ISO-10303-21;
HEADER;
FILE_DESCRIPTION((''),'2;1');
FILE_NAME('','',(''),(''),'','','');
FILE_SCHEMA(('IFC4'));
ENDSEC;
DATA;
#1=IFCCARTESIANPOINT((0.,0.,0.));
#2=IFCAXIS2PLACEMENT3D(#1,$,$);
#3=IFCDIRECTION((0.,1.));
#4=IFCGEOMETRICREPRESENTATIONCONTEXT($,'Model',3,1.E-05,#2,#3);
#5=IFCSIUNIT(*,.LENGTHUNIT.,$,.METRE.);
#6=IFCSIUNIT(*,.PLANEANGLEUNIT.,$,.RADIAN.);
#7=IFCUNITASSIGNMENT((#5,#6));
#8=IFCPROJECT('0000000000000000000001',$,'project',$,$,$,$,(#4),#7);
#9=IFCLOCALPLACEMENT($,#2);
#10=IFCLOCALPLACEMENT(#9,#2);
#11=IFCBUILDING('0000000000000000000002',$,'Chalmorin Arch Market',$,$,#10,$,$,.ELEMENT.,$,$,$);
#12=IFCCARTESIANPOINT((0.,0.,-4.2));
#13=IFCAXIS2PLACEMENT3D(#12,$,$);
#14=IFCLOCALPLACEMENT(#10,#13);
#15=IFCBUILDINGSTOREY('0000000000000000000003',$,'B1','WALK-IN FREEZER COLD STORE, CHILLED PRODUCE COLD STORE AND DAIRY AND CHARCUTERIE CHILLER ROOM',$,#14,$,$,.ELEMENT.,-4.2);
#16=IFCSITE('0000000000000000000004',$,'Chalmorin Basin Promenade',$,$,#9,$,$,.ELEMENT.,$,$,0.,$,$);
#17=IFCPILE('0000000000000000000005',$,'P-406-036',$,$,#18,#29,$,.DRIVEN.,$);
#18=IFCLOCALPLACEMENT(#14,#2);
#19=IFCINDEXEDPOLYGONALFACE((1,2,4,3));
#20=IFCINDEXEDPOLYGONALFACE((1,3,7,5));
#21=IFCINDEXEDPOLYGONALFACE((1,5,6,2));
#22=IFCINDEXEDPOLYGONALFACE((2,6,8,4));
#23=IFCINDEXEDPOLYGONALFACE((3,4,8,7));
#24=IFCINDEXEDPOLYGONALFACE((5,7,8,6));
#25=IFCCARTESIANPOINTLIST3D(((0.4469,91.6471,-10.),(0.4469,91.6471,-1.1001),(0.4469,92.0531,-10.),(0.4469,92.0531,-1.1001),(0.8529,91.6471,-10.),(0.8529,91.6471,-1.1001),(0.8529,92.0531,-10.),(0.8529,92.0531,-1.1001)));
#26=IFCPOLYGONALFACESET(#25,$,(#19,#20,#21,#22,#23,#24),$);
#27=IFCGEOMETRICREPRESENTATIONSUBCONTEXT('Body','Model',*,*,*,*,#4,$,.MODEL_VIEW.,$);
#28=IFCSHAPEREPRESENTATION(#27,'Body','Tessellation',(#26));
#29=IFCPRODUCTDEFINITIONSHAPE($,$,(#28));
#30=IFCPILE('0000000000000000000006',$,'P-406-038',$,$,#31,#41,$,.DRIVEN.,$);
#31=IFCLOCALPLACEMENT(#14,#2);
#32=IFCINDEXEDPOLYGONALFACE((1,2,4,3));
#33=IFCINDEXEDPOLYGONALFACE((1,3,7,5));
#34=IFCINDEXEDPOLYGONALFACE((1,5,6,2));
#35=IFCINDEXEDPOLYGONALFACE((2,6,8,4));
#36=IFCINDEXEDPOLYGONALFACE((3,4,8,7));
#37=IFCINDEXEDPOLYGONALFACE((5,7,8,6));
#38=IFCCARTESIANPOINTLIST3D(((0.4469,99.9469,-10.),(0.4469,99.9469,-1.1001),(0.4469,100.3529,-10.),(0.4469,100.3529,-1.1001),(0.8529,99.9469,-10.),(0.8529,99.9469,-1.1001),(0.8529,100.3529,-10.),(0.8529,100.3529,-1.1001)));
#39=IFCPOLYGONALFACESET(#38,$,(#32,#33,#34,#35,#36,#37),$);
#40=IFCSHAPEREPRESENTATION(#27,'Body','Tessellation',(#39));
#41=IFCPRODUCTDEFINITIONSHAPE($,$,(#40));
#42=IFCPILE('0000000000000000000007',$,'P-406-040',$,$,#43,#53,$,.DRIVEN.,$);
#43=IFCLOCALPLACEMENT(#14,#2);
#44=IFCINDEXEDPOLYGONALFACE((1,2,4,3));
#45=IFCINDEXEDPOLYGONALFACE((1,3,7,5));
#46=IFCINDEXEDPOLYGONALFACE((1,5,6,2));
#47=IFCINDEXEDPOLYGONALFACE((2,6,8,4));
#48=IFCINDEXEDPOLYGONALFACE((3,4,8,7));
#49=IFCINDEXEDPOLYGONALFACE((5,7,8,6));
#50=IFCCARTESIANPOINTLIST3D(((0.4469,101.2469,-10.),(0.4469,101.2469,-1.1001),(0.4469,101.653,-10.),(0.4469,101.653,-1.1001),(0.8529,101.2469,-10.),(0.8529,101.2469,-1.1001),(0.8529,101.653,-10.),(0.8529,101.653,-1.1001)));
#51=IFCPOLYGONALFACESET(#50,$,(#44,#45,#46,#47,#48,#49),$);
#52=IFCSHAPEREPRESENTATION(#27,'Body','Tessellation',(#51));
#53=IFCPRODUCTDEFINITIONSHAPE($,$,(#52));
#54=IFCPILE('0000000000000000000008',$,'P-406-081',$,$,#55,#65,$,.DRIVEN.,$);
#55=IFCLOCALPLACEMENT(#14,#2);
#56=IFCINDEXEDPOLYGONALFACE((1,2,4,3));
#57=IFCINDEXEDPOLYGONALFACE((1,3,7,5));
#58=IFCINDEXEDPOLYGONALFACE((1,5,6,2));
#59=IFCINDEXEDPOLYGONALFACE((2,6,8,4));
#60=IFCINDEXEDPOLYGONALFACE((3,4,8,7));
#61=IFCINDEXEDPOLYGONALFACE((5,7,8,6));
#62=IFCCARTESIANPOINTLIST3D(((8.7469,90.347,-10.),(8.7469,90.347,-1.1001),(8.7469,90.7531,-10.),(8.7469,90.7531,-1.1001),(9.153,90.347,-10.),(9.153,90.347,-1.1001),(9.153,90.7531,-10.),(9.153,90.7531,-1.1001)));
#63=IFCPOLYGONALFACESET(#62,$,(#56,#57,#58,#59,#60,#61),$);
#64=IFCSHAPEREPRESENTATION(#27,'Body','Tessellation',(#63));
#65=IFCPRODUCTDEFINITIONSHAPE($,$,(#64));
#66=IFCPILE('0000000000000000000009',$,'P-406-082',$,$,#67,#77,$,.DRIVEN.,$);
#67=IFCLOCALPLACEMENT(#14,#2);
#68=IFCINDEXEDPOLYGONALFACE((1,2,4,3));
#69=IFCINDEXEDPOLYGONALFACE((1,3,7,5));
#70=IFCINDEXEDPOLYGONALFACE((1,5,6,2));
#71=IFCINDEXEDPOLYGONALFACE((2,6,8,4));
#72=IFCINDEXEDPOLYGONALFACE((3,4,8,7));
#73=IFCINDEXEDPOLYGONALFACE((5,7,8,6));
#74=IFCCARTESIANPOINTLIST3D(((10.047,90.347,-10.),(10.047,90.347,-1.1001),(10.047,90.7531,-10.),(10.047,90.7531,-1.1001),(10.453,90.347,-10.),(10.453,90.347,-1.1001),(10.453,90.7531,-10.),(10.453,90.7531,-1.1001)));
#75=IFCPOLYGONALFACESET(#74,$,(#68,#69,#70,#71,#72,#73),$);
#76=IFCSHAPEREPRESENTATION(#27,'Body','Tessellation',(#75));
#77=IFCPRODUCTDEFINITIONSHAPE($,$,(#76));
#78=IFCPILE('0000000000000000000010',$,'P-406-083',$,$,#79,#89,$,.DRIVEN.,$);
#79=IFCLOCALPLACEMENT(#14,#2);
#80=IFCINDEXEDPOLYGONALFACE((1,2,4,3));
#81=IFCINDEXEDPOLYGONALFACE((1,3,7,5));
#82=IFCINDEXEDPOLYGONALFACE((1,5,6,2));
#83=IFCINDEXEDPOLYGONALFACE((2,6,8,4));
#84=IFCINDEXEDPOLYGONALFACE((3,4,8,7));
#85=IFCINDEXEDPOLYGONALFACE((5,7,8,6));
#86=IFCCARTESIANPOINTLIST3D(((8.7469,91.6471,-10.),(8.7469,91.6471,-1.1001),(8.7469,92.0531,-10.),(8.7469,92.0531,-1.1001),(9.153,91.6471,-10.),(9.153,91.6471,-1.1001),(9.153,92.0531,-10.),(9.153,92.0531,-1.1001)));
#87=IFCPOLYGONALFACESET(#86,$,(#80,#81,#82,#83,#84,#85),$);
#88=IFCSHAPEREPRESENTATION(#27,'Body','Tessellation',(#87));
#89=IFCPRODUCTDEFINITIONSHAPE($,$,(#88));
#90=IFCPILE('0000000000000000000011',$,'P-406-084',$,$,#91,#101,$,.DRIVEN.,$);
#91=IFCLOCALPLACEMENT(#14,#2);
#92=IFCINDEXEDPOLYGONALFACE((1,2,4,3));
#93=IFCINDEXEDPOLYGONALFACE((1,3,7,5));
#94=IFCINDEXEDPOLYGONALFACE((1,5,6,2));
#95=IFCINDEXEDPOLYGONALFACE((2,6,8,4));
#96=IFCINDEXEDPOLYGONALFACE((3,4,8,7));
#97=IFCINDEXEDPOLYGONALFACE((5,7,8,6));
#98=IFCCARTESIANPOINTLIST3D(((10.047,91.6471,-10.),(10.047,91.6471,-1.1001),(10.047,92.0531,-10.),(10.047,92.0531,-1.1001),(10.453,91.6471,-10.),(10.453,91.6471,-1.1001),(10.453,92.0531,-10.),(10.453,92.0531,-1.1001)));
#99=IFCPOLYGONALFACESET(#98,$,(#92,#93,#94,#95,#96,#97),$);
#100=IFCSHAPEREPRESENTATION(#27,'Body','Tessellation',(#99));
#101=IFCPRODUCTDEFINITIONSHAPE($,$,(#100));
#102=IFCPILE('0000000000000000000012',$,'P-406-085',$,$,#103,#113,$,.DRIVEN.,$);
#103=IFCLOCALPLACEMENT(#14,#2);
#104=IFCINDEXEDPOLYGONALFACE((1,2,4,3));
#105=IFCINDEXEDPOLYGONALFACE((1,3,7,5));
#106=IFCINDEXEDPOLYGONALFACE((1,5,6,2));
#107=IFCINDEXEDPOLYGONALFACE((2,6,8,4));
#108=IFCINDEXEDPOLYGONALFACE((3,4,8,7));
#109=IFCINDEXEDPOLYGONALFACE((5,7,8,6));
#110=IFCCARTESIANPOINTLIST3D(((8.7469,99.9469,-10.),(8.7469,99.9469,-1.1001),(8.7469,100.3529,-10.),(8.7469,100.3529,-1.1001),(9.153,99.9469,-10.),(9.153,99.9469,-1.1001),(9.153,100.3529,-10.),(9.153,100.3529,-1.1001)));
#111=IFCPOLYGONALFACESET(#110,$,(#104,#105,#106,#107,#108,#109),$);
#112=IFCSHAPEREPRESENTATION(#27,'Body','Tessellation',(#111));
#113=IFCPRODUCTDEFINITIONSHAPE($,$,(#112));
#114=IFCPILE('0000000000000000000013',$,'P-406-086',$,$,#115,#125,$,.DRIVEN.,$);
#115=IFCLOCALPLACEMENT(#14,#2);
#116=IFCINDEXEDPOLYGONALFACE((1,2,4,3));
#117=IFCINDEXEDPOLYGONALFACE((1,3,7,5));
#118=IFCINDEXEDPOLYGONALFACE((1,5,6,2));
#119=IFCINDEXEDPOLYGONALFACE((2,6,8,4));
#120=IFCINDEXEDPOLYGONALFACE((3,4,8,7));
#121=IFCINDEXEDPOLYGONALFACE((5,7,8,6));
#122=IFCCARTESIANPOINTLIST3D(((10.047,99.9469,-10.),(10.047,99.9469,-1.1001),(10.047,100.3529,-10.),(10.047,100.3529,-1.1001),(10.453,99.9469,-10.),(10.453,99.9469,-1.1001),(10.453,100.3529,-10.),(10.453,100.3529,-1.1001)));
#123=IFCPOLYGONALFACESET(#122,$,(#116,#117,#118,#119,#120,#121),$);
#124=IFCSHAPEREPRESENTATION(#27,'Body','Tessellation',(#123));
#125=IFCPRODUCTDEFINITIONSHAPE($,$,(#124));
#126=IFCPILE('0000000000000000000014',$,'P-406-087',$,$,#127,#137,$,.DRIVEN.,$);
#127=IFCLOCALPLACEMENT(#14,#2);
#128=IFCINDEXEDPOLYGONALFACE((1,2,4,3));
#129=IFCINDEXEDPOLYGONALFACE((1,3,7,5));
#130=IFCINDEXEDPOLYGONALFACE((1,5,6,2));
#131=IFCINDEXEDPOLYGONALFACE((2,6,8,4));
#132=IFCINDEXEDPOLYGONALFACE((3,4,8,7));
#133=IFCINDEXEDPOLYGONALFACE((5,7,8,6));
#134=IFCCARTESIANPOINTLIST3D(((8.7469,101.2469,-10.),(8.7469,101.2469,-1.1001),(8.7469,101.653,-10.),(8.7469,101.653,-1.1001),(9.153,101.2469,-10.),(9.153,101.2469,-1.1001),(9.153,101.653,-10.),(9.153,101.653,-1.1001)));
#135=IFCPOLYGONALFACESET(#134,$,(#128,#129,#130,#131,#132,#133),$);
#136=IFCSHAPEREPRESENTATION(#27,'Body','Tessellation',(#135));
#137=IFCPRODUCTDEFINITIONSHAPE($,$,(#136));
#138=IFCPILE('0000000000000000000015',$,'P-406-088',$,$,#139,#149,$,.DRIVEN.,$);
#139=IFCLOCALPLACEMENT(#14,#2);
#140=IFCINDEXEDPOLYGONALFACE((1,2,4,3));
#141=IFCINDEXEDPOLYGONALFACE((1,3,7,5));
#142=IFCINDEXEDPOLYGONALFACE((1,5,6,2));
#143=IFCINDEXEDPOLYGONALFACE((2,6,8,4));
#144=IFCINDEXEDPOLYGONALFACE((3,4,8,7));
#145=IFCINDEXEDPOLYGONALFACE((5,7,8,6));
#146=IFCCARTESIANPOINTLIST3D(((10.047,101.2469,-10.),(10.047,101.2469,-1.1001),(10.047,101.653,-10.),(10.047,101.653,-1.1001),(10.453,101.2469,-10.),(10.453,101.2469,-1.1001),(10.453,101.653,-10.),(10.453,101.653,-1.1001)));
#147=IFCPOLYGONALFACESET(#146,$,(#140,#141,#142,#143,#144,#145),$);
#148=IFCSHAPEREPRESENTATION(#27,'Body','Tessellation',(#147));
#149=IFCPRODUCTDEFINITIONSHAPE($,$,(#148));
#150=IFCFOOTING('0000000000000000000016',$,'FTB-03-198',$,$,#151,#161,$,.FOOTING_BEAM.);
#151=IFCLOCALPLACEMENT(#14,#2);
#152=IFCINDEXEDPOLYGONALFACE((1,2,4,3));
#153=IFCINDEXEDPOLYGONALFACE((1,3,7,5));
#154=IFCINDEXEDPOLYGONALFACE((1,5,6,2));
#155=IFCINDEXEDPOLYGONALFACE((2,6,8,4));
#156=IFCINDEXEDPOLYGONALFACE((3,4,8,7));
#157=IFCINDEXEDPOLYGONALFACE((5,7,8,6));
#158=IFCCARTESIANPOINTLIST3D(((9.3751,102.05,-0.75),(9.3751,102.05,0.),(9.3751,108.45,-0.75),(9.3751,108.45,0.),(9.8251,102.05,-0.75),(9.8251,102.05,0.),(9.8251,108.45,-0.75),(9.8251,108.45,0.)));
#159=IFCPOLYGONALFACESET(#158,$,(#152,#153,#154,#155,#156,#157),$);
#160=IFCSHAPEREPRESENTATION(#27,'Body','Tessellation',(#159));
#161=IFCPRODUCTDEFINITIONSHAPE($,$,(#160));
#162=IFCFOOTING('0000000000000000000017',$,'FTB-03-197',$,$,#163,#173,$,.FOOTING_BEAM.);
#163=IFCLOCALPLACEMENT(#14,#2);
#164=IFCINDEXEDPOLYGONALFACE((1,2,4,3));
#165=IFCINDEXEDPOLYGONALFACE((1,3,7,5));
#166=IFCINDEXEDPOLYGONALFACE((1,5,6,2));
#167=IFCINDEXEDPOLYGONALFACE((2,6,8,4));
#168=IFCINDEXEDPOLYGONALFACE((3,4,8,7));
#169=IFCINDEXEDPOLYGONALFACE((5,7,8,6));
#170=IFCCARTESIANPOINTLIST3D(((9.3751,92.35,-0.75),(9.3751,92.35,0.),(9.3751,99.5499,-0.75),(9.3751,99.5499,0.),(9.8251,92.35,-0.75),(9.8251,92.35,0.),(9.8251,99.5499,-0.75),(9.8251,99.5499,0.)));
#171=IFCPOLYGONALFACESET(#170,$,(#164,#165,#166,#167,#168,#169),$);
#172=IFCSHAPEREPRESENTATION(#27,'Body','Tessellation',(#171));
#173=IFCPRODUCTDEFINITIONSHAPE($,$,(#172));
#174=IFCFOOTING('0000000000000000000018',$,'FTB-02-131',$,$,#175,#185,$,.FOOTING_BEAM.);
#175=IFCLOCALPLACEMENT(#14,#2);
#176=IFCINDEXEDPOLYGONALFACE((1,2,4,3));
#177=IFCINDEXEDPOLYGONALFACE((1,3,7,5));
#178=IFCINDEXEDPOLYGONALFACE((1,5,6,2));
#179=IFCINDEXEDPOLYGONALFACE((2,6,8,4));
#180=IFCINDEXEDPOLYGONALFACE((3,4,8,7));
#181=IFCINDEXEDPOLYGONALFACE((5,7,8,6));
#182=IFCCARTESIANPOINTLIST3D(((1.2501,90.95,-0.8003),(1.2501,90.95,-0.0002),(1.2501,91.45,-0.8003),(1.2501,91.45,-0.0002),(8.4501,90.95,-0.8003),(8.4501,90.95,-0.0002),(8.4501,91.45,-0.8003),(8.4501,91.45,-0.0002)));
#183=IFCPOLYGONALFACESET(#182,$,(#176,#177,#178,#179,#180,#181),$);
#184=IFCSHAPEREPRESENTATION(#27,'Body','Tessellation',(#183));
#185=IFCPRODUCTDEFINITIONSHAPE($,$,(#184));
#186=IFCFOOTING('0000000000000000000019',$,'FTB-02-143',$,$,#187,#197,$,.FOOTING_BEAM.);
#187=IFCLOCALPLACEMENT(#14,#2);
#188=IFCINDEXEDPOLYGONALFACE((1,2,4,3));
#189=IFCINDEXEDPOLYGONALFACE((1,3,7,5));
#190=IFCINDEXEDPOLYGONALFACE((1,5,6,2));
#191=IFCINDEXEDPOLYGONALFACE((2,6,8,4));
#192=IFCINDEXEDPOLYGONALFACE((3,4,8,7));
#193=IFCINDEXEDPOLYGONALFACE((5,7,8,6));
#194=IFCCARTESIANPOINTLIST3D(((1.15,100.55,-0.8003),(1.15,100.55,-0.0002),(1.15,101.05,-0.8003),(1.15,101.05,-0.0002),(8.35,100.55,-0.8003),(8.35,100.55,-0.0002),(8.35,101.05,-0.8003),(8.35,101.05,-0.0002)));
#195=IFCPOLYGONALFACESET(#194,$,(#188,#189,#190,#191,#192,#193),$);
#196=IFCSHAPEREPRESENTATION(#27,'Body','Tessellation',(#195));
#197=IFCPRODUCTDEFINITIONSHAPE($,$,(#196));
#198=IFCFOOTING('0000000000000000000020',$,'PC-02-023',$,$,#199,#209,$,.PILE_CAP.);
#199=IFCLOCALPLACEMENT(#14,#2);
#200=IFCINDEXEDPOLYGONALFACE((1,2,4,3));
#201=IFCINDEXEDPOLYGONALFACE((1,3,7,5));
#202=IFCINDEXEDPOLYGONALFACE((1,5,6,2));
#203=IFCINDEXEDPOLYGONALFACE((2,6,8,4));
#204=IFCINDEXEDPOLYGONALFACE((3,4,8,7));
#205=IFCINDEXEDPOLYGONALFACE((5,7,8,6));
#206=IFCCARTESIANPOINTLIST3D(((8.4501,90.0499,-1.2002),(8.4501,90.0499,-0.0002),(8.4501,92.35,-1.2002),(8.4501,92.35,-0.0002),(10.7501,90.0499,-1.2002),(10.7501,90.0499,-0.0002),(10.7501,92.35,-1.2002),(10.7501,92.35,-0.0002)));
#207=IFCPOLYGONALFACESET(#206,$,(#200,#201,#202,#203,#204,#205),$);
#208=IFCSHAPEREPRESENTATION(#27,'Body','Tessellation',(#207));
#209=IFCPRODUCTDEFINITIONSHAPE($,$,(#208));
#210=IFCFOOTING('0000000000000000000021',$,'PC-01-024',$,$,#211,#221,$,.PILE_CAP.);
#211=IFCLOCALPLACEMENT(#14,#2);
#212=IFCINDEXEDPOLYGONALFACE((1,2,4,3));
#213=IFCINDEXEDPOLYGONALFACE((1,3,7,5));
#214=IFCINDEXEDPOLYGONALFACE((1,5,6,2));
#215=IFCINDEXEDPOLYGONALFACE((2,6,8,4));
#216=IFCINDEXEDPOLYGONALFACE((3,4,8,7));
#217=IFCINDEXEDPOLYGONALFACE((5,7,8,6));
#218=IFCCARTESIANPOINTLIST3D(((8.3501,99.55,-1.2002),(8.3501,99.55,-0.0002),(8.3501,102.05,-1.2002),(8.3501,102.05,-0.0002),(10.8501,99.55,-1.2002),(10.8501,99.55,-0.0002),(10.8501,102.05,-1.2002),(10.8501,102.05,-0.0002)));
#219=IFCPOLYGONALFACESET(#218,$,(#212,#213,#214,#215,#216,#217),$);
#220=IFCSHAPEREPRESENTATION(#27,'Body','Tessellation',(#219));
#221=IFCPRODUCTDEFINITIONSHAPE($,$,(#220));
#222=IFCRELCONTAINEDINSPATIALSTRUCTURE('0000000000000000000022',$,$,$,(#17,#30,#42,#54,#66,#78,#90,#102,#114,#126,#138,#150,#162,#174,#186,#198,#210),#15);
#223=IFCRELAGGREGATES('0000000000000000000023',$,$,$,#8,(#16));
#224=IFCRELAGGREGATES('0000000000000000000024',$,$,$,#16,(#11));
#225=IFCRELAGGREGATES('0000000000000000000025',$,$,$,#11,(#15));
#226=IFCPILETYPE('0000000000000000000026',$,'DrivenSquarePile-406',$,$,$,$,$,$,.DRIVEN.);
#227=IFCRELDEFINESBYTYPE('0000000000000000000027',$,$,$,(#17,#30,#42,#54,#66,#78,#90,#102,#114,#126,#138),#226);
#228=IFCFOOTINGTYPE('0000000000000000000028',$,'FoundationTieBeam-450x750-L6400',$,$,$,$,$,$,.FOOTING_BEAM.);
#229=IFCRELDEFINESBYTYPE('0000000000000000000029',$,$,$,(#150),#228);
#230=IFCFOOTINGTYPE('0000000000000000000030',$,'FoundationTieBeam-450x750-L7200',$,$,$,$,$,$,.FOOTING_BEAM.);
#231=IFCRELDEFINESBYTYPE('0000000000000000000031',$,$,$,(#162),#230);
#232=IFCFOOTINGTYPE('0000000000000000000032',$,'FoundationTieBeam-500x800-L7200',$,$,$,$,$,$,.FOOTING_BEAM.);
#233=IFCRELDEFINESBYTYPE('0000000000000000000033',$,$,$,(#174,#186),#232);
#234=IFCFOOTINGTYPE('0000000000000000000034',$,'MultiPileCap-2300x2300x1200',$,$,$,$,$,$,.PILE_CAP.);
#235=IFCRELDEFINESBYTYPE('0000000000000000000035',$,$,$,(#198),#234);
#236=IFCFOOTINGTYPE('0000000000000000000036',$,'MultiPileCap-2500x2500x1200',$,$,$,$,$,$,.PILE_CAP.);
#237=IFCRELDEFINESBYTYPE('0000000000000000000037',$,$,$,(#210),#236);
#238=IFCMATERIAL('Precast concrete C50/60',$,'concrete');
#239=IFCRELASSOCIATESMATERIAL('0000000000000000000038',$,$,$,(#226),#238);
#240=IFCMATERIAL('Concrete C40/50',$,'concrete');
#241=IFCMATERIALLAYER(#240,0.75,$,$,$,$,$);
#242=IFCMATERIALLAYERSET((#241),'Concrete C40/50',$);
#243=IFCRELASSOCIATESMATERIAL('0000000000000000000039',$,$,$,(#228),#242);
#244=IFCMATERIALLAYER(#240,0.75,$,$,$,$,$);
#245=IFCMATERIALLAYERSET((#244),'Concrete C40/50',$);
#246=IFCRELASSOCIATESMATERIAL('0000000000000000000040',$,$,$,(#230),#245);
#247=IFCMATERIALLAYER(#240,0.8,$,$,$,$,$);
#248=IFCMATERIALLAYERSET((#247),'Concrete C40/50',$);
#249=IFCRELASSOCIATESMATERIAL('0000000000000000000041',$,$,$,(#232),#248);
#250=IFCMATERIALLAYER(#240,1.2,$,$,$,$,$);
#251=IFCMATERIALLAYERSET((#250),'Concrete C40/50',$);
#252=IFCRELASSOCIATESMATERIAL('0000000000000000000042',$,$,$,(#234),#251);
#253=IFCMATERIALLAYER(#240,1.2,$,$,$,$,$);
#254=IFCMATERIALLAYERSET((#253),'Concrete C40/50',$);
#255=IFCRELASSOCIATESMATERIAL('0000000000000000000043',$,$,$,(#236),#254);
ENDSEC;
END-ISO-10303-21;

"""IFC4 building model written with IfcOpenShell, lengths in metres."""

from ifc_helpers import new_model, si_unit, direction, frame, origin, origin_2d, place, context, subcontext, project, spatial, rectangle, extrude, material, layer, layer_set, material_profile, profile_set, type_object, element, save


model = new_model("IFC4")

# Units and contexts
model_context = context("Model", 3, precision=1e-05, world=origin(), true_north=direction((0.0, 1.0)))
body_context = subcontext(model_context, "Body", "Model", "MODEL_VIEW")
ifc_project = project(units=[si_unit("LENGTHUNIT", "METRE"), si_unit("PLANEANGLEUNIT", "RADIAN")], contexts=[model_context])

# Site, building, storey
site_placement = place(None, origin())
site = spatial("IfcSite", under=ifc_project, at=site_placement, Name="Chalmorin Basin Promenade", CompositionType="ELEMENT", RefElevation=0.0)
building_placement = place(site_placement, origin())
building = spatial("IfcBuilding", under=site, at=building_placement, Name="Chalmorin Arch Market", CompositionType="ELEMENT")
storey_placement = place(building_placement, frame((0.0, 0.0, -4.2)))
storey = spatial("IfcBuildingStorey", under=building, at=storey_placement, Name="B1", Description="WALK-IN FREEZER COLD STORE, CHILLED PRODUCE COLD STORE AND DAIRY AND CHARCUTERIE CHILLER ROOM", CompositionType="ELEMENT", Elevation=-4.2)

# Piles
ifc_material_1 = material(Name="Precast concrete C50/60", Category="concrete")
ifc_material_profile_1 = material_profile(ifc_material_1, rectangle(XDim=0.406, YDim=0.406, at=origin_2d()), Name="PPC406")
ifc_profile_set_1 = profile_set([ifc_material_profile_1], Name="Precast concrete C50/60")
pile_type = type_object("IfcPileType", Name="DrivenSquarePile-406", PredefinedType="DRIVEN", material=ifc_profile_set_1)
for number, where, z_axis, x_axis, name in (
    (1, (0.6499, 91.8501, -1.1001), (0.0, 0.0, -1.0), (1.0, 0.0, 0.0), "P-406-036"),
    (2, (0.6499, 100.1499, -1.1001), (0.0, 0.0, -1.0), (1.0, 0.0, 0.0), "P-406-038"),
    (3, (0.6499, 101.45, -1.1001), (0.0, 0.0, -1.0), (1.0, 0.0, 0.0), "P-406-040"),
    (4, (8.95, 90.55, -1.1001), (0.0, 0.0, -1.0), (1.0, 0.0, 0.0), "P-406-081"),
    (5, (10.25, 90.55, -1.1001), (0.0, 0.0, -1.0), (1.0, 0.0, 0.0), "P-406-082"),
    (6, (8.95, 91.8501, -1.1001), (0.0, 0.0, -1.0), (1.0, 0.0, 0.0), "P-406-083"),
    (7, (10.25, 91.8501, -1.1001), (0.0, 0.0, -1.0), (1.0, 0.0, 0.0), "P-406-084"),
    (8, (8.95, 100.1499, -1.1001), (0.0, 0.0, -1.0), (1.0, 0.0, 0.0), "P-406-085"),
    (9, (10.25, 100.1499, -1.1001), (0.0, 0.0, -1.0), (1.0, 0.0, 0.0), "P-406-086"),
    (10, (8.95, 101.45, -1.1001), (0.0, 0.0, -1.0), (1.0, 0.0, 0.0), "P-406-087"),
    (11, (10.25, 101.45, -1.1001), (0.0, 0.0, -1.0), (1.0, 0.0, 0.0), "P-406-088"),
):
    element("IfcPile", number, at=place(storey_placement, frame(where, z_axis=z_axis, x_axis=x_axis)), inside=storey, type_object=pile_type, Name=name, PredefinedType="DRIVEN", context=body_context, shape_type="SweptSolid", body=[
        extrude(rectangle(XDim=0.406, YDim=0.406, at=origin_2d()), origin(), (0.0, 0.0, 1.0), 8.8999),
    ])

# Footings
ifc_material_2 = material(Name="Concrete C40/50", Category="concrete")
ifc_layer_1 = layer(ifc_material_2, 0.75)
ifc_layer_set_1 = layer_set([ifc_layer_1], Name="Concrete C40/50")
footing_type_1 = type_object("IfcFootingType", Name="FoundationTieBeam-450x750-L6400", PredefinedType="FOOTING_BEAM", material=ifc_layer_set_1)
footing_1_placement = place(storey_placement, frame((9.6001, 105.25, -0.75), z_axis=(0.0, 0.0, 1.0), x_axis=(0.0, 1.0, 0.0)))
element("IfcFooting", 12, at=footing_1_placement, inside=storey, type_object=footing_type_1, Name="FTB-03-198", PredefinedType="FOOTING_BEAM", context=body_context, shape_type="SweptSolid", body=[
    extrude(rectangle(XDim=6.3999, YDim=0.45, at=origin_2d()), origin(), (0.0, 0.0, 1.0), 0.75),
])
ifc_layer_2 = layer(ifc_material_2, 0.75)
ifc_layer_set_2 = layer_set([ifc_layer_2], Name="Concrete C40/50")
footing_type_2 = type_object("IfcFootingType", Name="FoundationTieBeam-450x750-L7200", PredefinedType="FOOTING_BEAM", material=ifc_layer_set_2)
footing_2_placement = place(storey_placement, frame((9.6001, 95.95, -0.75), z_axis=(0.0, 0.0, 1.0), x_axis=(0.0, 1.0, 0.0)))
element("IfcFooting", 13, at=footing_2_placement, inside=storey, type_object=footing_type_2, Name="FTB-03-197", PredefinedType="FOOTING_BEAM", context=body_context, shape_type="SweptSolid", body=[
    extrude(rectangle(XDim=7.2, YDim=0.45, at=origin_2d()), origin(), (0.0, 0.0, 1.0), 0.75),
])
ifc_layer_3 = layer(ifc_material_2, 0.8)
ifc_layer_set_3 = layer_set([ifc_layer_3], Name="Concrete C40/50")
footing_type_3 = type_object("IfcFootingType", Name="FoundationTieBeam-500x800-L7200", PredefinedType="FOOTING_BEAM", material=ifc_layer_set_3)
for number, where, z_axis, x_axis, name in (
    (14, (4.8501, 91.2, -0.8003), (0.0, 0.0, 1.0), (1.0, 0.0, 0.0), "FTB-02-131"),
    (15, (4.75, 100.8, -0.8003), (0.0, 0.0, 1.0), (1.0, 0.0, 0.0), "FTB-02-143"),
):
    element("IfcFooting", number, at=place(storey_placement, frame(where, z_axis=z_axis, x_axis=x_axis)), inside=storey, type_object=footing_type_3, Name=name, PredefinedType="FOOTING_BEAM", context=body_context, shape_type="SweptSolid", body=[
        extrude(rectangle(XDim=7.2, YDim=0.5, at=origin_2d()), origin(), (0.0, 0.0, 1.0), 0.8),
    ])
ifc_layer_4 = layer(ifc_material_2, 1.2)
ifc_layer_set_4 = layer_set([ifc_layer_4], Name="Concrete C40/50")
footing_type_4 = type_object("IfcFootingType", Name="MultiPileCap-2300x2300x1200", PredefinedType="PILE_CAP", material=ifc_layer_set_4)
footing_3_placement = place(storey_placement, frame((9.6001, 91.2, -1.2002), z_axis=(0.0, 0.0, 1.0), x_axis=(1.0, 0.0, 0.0)))
element("IfcFooting", 16, at=footing_3_placement, inside=storey, type_object=footing_type_4, Name="PC-02-023", PredefinedType="PILE_CAP", context=body_context, shape_type="SweptSolid", body=[
    extrude(rectangle(XDim=2.3, YDim=2.3, at=origin_2d()), origin(), (0.0, 0.0, 1.0), 1.2),
])
ifc_layer_5 = layer(ifc_material_2, 1.2)
ifc_layer_set_5 = layer_set([ifc_layer_5], Name="Concrete C40/50")
footing_type_5 = type_object("IfcFootingType", Name="MultiPileCap-2500x2500x1200", PredefinedType="PILE_CAP", material=ifc_layer_set_5)
footing_4_placement = place(storey_placement, frame((9.6001, 100.8, -1.2002), z_axis=(0.0, 0.0, 1.0), x_axis=(1.0, 0.0, 0.0)))
element("IfcFooting", 17, at=footing_4_placement, inside=storey, type_object=footing_type_5, Name="PC-01-024", PredefinedType="PILE_CAP", context=body_context, shape_type="SweptSolid", body=[
    extrude(rectangle(XDim=2.5, YDim=2.5, at=origin_2d()), origin(), (0.0, 0.0, 1.0), 1.2),
])

save(model, "model.ifc")
